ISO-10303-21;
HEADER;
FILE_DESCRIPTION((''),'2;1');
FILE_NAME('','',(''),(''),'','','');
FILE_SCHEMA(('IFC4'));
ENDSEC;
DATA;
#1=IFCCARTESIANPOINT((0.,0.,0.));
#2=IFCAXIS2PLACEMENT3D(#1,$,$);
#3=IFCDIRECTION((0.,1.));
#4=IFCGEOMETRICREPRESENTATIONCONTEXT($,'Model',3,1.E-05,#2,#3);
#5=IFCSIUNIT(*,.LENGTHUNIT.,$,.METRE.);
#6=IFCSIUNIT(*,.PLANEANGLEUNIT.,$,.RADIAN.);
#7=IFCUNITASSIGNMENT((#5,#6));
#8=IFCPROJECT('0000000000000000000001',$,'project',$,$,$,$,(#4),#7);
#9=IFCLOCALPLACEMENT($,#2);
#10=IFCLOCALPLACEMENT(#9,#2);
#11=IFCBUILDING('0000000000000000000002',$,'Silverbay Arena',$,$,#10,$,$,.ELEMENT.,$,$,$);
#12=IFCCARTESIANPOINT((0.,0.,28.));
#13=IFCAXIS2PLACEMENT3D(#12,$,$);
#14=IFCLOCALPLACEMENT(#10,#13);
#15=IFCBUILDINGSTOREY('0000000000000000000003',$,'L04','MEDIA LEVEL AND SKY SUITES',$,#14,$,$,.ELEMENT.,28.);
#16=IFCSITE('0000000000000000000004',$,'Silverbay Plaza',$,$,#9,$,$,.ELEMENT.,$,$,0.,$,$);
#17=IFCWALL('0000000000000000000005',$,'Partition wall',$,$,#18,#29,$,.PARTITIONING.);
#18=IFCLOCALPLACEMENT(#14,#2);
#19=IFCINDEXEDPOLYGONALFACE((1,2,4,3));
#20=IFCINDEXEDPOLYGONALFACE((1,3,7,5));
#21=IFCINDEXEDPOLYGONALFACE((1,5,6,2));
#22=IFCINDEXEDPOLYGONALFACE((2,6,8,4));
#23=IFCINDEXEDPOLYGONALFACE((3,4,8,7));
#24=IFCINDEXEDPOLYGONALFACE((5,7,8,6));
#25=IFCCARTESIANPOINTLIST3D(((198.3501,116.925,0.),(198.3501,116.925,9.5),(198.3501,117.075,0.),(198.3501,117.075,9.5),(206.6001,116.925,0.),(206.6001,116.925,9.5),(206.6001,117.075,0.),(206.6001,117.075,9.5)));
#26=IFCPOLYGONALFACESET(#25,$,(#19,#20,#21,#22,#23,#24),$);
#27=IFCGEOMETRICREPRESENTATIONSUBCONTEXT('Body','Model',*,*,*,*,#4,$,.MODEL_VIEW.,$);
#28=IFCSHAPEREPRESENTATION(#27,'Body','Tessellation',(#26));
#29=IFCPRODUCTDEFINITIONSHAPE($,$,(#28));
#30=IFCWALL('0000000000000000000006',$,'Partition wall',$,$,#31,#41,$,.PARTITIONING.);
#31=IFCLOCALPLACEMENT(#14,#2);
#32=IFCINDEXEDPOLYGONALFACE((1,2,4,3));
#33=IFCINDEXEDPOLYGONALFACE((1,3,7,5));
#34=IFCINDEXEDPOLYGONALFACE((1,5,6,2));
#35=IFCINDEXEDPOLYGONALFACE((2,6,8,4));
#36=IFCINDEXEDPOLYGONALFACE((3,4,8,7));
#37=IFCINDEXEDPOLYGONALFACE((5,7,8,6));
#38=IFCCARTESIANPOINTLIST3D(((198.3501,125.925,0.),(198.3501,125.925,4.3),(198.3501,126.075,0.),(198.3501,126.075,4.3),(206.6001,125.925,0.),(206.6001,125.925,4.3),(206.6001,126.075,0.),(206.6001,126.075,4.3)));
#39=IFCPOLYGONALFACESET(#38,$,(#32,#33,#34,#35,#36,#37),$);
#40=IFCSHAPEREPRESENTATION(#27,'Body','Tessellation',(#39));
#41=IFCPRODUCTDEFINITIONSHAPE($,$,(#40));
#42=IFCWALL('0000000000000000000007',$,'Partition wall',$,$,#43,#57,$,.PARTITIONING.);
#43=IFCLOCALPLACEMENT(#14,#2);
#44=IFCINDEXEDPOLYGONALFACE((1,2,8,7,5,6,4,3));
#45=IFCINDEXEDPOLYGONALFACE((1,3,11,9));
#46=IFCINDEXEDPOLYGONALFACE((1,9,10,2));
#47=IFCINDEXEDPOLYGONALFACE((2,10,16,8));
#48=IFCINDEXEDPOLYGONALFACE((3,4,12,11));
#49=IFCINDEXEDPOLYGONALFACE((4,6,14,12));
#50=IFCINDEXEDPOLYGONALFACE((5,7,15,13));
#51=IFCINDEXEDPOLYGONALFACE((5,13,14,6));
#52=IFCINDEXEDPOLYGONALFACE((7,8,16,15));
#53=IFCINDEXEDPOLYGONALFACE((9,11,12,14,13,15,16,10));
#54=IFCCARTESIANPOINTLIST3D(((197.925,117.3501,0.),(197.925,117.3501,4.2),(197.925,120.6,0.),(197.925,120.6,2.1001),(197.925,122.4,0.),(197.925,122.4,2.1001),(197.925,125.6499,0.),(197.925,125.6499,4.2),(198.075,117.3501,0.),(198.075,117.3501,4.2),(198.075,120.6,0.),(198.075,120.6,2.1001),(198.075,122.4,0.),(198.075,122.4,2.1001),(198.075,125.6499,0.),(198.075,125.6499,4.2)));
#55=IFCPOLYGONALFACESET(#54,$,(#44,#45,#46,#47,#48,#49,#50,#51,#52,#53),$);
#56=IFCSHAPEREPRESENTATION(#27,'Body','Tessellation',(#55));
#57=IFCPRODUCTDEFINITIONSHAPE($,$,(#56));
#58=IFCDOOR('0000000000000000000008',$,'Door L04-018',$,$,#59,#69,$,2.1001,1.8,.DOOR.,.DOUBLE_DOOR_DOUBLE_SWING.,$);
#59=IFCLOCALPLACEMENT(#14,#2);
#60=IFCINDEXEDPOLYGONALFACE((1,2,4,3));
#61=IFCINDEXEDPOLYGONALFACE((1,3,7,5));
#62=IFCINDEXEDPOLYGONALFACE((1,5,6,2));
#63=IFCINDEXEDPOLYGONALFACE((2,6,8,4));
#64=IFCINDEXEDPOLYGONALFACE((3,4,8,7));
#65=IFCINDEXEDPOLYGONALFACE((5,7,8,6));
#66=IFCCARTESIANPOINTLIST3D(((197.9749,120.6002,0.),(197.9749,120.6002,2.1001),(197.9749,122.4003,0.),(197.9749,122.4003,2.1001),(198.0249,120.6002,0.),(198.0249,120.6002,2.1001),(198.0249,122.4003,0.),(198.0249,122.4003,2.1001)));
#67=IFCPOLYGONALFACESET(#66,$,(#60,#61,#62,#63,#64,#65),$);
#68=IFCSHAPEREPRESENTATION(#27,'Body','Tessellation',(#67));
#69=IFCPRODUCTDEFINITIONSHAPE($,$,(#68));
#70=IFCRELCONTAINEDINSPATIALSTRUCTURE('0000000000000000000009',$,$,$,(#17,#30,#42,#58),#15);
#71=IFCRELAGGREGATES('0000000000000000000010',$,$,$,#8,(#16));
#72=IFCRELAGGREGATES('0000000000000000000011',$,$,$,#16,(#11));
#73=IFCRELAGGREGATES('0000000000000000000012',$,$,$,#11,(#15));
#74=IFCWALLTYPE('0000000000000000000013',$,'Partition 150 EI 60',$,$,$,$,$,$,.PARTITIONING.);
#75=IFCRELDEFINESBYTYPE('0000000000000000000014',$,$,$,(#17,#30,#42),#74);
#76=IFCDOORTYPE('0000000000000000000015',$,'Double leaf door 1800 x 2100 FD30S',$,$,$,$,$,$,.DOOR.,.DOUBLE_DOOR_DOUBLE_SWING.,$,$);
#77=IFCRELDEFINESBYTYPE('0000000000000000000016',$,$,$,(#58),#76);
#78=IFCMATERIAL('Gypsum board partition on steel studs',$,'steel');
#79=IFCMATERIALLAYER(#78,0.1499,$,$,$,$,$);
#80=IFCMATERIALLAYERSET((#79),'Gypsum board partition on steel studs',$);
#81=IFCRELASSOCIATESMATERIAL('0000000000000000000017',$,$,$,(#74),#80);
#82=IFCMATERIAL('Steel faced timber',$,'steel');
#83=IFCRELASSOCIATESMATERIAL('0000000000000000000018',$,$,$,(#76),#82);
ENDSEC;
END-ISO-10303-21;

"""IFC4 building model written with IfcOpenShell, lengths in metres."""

from ifc_helpers import new_model, si_unit, direction, frame, frame_2d, origin, place, context, subcontext, project, spatial, rectangle, extrude, material, layer, layer_set, type_object, element, fill, save


model = new_model("IFC4")

# Units and contexts
model_context = context("Model", 3, precision=1e-05, world=origin(), true_north=direction((0.0, 1.0)))
body_context = subcontext(model_context, "Body", "Model", "MODEL_VIEW")
ifc_project = project(units=[si_unit("LENGTHUNIT", "METRE"), si_unit("PLANEANGLEUNIT", "RADIAN")], contexts=[model_context])

# Site, building, storey
site_placement = place(None, origin())
site = spatial("IfcSite", under=ifc_project, at=site_placement, Name="Silverbay Plaza", CompositionType="ELEMENT", RefElevation=0.0)
building_placement = place(site_placement, origin())
building = spatial("IfcBuilding", under=site, at=building_placement, Name="Silverbay Arena", CompositionType="ELEMENT")
storey_placement = place(building_placement, frame((0.0, 0.0, 28.0)))
storey = spatial("IfcBuildingStorey", under=building, at=storey_placement, Name="L04", Description="MEDIA LEVEL AND SKY SUITES", CompositionType="ELEMENT", Elevation=28.0)

# Walls
ifc_material_1 = material(Name="Gypsum board partition on steel studs", Category="steel")
ifc_layer_1 = layer(ifc_material_1, 0.1499)
ifc_layer_set_1 = layer_set([ifc_layer_1], Name="Gypsum board partition on steel studs")
wall_type_1 = type_object("IfcWallType", Name="Partition 150 EI 60", PredefinedType="PARTITIONING", material=ifc_layer_set_1)
wall_1_placement = place(storey_placement, frame((198.3501, 117.0, 0.0), z_axis=(0.0, 0.0, 1.0), x_axis=(1.0, 0.0, 0.0)))
element("IfcWall", 1, at=wall_1_placement, inside=storey, type_object=wall_type_1, Name="Partition wall", PredefinedType="PARTITIONING", context=body_context, shape_type="SweptSolid", body=[
    extrude(rectangle(XDim=8.25, YDim=0.1499, at=frame_2d((4.125, 0.0))), origin(), (0.0, 0.0, 1.0), 9.5),
])
wall_2_placement = place(storey_placement, frame((198.3501, 126.0, 0.0), z_axis=(0.0, 0.0, 1.0), x_axis=(1.0, 0.0, 0.0)))
element("IfcWall", 2, at=wall_2_placement, inside=storey, type_object=wall_type_1, Name="Partition wall", PredefinedType="PARTITIONING", context=body_context, shape_type="SweptSolid", body=[
    extrude(rectangle(XDim=8.25, YDim=0.1499, at=frame_2d((4.125, 0.0))), origin(), (0.0, 0.0, 1.0), 4.3),
])

# Wall, opening, door
wall_3_placement = place(storey_placement, frame((198.0, 117.3501, 0.0), z_axis=(0.0, 0.0, 1.0), x_axis=(0.0, 1.0, 0.0)))
wall_3 = element("IfcWall", 3, at=wall_3_placement, inside=storey, type_object=wall_type_1, Name="Partition wall", PredefinedType="PARTITIONING", context=body_context, shape_type="SweptSolid", body=[
    extrude(rectangle(XDim=8.2998, YDim=0.1499, at=frame_2d((4.1499, 0.0))), origin(), (0.0, 0.0, 1.0), 4.2),
])
opening_placement = place(wall_3_placement, frame((3.25, 0.0, 0.0)))
opening = element("IfcOpeningElement", 4, at=opening_placement, cuts=wall_3, PredefinedType="OPENING", context=body_context, shape_type="SweptSolid", body=[
    extrude(rectangle(XDim=1.8, YDim=2.1001, at=frame_2d((0.8999, 1.05))), frame((0.0, 0.085, 0.0), z_axis=(0.0, -1.0, 0.0), x_axis=(1.0, 0.0, 0.0)), (0.0, 0.0, 1.0), 0.1699),
])
ifc_material_2 = material(Name="Steel faced timber", Category="steel")
door_type = type_object("IfcDoorType", Name="Double leaf door 1800 x 2100 FD30S", OperationType="DOUBLE_DOOR_DOUBLE_SWING", PredefinedType="DOOR", material=ifc_material_2)
door_placement = place(opening_placement, frame((1.8, 0.0, 0.0), z_axis=(0.0, 0.0, 1.0), x_axis=(-1.0, 0.0, 0.0)))
door = element("IfcDoor", 5, at=door_placement, inside=storey, type_object=door_type, Name="Door L04-018", OperationType="DOUBLE_DOOR_DOUBLE_SWING", OverallHeight=2.1001, OverallWidth=1.8, PredefinedType="DOOR", context=body_context, shape_type="SweptSolid", body=[
    extrude(rectangle(XDim=1.8, YDim=2.1001, at=frame_2d((0.8999, 1.05))), frame((0.0, 0.0249, 0.0), z_axis=(0.0, -1.0, 0.0), x_axis=(1.0, 0.0, 0.0)), (0.0, 0.0, 1.0), 0.05),
])
fill(opening, door)

save(model, "model.ifc")
